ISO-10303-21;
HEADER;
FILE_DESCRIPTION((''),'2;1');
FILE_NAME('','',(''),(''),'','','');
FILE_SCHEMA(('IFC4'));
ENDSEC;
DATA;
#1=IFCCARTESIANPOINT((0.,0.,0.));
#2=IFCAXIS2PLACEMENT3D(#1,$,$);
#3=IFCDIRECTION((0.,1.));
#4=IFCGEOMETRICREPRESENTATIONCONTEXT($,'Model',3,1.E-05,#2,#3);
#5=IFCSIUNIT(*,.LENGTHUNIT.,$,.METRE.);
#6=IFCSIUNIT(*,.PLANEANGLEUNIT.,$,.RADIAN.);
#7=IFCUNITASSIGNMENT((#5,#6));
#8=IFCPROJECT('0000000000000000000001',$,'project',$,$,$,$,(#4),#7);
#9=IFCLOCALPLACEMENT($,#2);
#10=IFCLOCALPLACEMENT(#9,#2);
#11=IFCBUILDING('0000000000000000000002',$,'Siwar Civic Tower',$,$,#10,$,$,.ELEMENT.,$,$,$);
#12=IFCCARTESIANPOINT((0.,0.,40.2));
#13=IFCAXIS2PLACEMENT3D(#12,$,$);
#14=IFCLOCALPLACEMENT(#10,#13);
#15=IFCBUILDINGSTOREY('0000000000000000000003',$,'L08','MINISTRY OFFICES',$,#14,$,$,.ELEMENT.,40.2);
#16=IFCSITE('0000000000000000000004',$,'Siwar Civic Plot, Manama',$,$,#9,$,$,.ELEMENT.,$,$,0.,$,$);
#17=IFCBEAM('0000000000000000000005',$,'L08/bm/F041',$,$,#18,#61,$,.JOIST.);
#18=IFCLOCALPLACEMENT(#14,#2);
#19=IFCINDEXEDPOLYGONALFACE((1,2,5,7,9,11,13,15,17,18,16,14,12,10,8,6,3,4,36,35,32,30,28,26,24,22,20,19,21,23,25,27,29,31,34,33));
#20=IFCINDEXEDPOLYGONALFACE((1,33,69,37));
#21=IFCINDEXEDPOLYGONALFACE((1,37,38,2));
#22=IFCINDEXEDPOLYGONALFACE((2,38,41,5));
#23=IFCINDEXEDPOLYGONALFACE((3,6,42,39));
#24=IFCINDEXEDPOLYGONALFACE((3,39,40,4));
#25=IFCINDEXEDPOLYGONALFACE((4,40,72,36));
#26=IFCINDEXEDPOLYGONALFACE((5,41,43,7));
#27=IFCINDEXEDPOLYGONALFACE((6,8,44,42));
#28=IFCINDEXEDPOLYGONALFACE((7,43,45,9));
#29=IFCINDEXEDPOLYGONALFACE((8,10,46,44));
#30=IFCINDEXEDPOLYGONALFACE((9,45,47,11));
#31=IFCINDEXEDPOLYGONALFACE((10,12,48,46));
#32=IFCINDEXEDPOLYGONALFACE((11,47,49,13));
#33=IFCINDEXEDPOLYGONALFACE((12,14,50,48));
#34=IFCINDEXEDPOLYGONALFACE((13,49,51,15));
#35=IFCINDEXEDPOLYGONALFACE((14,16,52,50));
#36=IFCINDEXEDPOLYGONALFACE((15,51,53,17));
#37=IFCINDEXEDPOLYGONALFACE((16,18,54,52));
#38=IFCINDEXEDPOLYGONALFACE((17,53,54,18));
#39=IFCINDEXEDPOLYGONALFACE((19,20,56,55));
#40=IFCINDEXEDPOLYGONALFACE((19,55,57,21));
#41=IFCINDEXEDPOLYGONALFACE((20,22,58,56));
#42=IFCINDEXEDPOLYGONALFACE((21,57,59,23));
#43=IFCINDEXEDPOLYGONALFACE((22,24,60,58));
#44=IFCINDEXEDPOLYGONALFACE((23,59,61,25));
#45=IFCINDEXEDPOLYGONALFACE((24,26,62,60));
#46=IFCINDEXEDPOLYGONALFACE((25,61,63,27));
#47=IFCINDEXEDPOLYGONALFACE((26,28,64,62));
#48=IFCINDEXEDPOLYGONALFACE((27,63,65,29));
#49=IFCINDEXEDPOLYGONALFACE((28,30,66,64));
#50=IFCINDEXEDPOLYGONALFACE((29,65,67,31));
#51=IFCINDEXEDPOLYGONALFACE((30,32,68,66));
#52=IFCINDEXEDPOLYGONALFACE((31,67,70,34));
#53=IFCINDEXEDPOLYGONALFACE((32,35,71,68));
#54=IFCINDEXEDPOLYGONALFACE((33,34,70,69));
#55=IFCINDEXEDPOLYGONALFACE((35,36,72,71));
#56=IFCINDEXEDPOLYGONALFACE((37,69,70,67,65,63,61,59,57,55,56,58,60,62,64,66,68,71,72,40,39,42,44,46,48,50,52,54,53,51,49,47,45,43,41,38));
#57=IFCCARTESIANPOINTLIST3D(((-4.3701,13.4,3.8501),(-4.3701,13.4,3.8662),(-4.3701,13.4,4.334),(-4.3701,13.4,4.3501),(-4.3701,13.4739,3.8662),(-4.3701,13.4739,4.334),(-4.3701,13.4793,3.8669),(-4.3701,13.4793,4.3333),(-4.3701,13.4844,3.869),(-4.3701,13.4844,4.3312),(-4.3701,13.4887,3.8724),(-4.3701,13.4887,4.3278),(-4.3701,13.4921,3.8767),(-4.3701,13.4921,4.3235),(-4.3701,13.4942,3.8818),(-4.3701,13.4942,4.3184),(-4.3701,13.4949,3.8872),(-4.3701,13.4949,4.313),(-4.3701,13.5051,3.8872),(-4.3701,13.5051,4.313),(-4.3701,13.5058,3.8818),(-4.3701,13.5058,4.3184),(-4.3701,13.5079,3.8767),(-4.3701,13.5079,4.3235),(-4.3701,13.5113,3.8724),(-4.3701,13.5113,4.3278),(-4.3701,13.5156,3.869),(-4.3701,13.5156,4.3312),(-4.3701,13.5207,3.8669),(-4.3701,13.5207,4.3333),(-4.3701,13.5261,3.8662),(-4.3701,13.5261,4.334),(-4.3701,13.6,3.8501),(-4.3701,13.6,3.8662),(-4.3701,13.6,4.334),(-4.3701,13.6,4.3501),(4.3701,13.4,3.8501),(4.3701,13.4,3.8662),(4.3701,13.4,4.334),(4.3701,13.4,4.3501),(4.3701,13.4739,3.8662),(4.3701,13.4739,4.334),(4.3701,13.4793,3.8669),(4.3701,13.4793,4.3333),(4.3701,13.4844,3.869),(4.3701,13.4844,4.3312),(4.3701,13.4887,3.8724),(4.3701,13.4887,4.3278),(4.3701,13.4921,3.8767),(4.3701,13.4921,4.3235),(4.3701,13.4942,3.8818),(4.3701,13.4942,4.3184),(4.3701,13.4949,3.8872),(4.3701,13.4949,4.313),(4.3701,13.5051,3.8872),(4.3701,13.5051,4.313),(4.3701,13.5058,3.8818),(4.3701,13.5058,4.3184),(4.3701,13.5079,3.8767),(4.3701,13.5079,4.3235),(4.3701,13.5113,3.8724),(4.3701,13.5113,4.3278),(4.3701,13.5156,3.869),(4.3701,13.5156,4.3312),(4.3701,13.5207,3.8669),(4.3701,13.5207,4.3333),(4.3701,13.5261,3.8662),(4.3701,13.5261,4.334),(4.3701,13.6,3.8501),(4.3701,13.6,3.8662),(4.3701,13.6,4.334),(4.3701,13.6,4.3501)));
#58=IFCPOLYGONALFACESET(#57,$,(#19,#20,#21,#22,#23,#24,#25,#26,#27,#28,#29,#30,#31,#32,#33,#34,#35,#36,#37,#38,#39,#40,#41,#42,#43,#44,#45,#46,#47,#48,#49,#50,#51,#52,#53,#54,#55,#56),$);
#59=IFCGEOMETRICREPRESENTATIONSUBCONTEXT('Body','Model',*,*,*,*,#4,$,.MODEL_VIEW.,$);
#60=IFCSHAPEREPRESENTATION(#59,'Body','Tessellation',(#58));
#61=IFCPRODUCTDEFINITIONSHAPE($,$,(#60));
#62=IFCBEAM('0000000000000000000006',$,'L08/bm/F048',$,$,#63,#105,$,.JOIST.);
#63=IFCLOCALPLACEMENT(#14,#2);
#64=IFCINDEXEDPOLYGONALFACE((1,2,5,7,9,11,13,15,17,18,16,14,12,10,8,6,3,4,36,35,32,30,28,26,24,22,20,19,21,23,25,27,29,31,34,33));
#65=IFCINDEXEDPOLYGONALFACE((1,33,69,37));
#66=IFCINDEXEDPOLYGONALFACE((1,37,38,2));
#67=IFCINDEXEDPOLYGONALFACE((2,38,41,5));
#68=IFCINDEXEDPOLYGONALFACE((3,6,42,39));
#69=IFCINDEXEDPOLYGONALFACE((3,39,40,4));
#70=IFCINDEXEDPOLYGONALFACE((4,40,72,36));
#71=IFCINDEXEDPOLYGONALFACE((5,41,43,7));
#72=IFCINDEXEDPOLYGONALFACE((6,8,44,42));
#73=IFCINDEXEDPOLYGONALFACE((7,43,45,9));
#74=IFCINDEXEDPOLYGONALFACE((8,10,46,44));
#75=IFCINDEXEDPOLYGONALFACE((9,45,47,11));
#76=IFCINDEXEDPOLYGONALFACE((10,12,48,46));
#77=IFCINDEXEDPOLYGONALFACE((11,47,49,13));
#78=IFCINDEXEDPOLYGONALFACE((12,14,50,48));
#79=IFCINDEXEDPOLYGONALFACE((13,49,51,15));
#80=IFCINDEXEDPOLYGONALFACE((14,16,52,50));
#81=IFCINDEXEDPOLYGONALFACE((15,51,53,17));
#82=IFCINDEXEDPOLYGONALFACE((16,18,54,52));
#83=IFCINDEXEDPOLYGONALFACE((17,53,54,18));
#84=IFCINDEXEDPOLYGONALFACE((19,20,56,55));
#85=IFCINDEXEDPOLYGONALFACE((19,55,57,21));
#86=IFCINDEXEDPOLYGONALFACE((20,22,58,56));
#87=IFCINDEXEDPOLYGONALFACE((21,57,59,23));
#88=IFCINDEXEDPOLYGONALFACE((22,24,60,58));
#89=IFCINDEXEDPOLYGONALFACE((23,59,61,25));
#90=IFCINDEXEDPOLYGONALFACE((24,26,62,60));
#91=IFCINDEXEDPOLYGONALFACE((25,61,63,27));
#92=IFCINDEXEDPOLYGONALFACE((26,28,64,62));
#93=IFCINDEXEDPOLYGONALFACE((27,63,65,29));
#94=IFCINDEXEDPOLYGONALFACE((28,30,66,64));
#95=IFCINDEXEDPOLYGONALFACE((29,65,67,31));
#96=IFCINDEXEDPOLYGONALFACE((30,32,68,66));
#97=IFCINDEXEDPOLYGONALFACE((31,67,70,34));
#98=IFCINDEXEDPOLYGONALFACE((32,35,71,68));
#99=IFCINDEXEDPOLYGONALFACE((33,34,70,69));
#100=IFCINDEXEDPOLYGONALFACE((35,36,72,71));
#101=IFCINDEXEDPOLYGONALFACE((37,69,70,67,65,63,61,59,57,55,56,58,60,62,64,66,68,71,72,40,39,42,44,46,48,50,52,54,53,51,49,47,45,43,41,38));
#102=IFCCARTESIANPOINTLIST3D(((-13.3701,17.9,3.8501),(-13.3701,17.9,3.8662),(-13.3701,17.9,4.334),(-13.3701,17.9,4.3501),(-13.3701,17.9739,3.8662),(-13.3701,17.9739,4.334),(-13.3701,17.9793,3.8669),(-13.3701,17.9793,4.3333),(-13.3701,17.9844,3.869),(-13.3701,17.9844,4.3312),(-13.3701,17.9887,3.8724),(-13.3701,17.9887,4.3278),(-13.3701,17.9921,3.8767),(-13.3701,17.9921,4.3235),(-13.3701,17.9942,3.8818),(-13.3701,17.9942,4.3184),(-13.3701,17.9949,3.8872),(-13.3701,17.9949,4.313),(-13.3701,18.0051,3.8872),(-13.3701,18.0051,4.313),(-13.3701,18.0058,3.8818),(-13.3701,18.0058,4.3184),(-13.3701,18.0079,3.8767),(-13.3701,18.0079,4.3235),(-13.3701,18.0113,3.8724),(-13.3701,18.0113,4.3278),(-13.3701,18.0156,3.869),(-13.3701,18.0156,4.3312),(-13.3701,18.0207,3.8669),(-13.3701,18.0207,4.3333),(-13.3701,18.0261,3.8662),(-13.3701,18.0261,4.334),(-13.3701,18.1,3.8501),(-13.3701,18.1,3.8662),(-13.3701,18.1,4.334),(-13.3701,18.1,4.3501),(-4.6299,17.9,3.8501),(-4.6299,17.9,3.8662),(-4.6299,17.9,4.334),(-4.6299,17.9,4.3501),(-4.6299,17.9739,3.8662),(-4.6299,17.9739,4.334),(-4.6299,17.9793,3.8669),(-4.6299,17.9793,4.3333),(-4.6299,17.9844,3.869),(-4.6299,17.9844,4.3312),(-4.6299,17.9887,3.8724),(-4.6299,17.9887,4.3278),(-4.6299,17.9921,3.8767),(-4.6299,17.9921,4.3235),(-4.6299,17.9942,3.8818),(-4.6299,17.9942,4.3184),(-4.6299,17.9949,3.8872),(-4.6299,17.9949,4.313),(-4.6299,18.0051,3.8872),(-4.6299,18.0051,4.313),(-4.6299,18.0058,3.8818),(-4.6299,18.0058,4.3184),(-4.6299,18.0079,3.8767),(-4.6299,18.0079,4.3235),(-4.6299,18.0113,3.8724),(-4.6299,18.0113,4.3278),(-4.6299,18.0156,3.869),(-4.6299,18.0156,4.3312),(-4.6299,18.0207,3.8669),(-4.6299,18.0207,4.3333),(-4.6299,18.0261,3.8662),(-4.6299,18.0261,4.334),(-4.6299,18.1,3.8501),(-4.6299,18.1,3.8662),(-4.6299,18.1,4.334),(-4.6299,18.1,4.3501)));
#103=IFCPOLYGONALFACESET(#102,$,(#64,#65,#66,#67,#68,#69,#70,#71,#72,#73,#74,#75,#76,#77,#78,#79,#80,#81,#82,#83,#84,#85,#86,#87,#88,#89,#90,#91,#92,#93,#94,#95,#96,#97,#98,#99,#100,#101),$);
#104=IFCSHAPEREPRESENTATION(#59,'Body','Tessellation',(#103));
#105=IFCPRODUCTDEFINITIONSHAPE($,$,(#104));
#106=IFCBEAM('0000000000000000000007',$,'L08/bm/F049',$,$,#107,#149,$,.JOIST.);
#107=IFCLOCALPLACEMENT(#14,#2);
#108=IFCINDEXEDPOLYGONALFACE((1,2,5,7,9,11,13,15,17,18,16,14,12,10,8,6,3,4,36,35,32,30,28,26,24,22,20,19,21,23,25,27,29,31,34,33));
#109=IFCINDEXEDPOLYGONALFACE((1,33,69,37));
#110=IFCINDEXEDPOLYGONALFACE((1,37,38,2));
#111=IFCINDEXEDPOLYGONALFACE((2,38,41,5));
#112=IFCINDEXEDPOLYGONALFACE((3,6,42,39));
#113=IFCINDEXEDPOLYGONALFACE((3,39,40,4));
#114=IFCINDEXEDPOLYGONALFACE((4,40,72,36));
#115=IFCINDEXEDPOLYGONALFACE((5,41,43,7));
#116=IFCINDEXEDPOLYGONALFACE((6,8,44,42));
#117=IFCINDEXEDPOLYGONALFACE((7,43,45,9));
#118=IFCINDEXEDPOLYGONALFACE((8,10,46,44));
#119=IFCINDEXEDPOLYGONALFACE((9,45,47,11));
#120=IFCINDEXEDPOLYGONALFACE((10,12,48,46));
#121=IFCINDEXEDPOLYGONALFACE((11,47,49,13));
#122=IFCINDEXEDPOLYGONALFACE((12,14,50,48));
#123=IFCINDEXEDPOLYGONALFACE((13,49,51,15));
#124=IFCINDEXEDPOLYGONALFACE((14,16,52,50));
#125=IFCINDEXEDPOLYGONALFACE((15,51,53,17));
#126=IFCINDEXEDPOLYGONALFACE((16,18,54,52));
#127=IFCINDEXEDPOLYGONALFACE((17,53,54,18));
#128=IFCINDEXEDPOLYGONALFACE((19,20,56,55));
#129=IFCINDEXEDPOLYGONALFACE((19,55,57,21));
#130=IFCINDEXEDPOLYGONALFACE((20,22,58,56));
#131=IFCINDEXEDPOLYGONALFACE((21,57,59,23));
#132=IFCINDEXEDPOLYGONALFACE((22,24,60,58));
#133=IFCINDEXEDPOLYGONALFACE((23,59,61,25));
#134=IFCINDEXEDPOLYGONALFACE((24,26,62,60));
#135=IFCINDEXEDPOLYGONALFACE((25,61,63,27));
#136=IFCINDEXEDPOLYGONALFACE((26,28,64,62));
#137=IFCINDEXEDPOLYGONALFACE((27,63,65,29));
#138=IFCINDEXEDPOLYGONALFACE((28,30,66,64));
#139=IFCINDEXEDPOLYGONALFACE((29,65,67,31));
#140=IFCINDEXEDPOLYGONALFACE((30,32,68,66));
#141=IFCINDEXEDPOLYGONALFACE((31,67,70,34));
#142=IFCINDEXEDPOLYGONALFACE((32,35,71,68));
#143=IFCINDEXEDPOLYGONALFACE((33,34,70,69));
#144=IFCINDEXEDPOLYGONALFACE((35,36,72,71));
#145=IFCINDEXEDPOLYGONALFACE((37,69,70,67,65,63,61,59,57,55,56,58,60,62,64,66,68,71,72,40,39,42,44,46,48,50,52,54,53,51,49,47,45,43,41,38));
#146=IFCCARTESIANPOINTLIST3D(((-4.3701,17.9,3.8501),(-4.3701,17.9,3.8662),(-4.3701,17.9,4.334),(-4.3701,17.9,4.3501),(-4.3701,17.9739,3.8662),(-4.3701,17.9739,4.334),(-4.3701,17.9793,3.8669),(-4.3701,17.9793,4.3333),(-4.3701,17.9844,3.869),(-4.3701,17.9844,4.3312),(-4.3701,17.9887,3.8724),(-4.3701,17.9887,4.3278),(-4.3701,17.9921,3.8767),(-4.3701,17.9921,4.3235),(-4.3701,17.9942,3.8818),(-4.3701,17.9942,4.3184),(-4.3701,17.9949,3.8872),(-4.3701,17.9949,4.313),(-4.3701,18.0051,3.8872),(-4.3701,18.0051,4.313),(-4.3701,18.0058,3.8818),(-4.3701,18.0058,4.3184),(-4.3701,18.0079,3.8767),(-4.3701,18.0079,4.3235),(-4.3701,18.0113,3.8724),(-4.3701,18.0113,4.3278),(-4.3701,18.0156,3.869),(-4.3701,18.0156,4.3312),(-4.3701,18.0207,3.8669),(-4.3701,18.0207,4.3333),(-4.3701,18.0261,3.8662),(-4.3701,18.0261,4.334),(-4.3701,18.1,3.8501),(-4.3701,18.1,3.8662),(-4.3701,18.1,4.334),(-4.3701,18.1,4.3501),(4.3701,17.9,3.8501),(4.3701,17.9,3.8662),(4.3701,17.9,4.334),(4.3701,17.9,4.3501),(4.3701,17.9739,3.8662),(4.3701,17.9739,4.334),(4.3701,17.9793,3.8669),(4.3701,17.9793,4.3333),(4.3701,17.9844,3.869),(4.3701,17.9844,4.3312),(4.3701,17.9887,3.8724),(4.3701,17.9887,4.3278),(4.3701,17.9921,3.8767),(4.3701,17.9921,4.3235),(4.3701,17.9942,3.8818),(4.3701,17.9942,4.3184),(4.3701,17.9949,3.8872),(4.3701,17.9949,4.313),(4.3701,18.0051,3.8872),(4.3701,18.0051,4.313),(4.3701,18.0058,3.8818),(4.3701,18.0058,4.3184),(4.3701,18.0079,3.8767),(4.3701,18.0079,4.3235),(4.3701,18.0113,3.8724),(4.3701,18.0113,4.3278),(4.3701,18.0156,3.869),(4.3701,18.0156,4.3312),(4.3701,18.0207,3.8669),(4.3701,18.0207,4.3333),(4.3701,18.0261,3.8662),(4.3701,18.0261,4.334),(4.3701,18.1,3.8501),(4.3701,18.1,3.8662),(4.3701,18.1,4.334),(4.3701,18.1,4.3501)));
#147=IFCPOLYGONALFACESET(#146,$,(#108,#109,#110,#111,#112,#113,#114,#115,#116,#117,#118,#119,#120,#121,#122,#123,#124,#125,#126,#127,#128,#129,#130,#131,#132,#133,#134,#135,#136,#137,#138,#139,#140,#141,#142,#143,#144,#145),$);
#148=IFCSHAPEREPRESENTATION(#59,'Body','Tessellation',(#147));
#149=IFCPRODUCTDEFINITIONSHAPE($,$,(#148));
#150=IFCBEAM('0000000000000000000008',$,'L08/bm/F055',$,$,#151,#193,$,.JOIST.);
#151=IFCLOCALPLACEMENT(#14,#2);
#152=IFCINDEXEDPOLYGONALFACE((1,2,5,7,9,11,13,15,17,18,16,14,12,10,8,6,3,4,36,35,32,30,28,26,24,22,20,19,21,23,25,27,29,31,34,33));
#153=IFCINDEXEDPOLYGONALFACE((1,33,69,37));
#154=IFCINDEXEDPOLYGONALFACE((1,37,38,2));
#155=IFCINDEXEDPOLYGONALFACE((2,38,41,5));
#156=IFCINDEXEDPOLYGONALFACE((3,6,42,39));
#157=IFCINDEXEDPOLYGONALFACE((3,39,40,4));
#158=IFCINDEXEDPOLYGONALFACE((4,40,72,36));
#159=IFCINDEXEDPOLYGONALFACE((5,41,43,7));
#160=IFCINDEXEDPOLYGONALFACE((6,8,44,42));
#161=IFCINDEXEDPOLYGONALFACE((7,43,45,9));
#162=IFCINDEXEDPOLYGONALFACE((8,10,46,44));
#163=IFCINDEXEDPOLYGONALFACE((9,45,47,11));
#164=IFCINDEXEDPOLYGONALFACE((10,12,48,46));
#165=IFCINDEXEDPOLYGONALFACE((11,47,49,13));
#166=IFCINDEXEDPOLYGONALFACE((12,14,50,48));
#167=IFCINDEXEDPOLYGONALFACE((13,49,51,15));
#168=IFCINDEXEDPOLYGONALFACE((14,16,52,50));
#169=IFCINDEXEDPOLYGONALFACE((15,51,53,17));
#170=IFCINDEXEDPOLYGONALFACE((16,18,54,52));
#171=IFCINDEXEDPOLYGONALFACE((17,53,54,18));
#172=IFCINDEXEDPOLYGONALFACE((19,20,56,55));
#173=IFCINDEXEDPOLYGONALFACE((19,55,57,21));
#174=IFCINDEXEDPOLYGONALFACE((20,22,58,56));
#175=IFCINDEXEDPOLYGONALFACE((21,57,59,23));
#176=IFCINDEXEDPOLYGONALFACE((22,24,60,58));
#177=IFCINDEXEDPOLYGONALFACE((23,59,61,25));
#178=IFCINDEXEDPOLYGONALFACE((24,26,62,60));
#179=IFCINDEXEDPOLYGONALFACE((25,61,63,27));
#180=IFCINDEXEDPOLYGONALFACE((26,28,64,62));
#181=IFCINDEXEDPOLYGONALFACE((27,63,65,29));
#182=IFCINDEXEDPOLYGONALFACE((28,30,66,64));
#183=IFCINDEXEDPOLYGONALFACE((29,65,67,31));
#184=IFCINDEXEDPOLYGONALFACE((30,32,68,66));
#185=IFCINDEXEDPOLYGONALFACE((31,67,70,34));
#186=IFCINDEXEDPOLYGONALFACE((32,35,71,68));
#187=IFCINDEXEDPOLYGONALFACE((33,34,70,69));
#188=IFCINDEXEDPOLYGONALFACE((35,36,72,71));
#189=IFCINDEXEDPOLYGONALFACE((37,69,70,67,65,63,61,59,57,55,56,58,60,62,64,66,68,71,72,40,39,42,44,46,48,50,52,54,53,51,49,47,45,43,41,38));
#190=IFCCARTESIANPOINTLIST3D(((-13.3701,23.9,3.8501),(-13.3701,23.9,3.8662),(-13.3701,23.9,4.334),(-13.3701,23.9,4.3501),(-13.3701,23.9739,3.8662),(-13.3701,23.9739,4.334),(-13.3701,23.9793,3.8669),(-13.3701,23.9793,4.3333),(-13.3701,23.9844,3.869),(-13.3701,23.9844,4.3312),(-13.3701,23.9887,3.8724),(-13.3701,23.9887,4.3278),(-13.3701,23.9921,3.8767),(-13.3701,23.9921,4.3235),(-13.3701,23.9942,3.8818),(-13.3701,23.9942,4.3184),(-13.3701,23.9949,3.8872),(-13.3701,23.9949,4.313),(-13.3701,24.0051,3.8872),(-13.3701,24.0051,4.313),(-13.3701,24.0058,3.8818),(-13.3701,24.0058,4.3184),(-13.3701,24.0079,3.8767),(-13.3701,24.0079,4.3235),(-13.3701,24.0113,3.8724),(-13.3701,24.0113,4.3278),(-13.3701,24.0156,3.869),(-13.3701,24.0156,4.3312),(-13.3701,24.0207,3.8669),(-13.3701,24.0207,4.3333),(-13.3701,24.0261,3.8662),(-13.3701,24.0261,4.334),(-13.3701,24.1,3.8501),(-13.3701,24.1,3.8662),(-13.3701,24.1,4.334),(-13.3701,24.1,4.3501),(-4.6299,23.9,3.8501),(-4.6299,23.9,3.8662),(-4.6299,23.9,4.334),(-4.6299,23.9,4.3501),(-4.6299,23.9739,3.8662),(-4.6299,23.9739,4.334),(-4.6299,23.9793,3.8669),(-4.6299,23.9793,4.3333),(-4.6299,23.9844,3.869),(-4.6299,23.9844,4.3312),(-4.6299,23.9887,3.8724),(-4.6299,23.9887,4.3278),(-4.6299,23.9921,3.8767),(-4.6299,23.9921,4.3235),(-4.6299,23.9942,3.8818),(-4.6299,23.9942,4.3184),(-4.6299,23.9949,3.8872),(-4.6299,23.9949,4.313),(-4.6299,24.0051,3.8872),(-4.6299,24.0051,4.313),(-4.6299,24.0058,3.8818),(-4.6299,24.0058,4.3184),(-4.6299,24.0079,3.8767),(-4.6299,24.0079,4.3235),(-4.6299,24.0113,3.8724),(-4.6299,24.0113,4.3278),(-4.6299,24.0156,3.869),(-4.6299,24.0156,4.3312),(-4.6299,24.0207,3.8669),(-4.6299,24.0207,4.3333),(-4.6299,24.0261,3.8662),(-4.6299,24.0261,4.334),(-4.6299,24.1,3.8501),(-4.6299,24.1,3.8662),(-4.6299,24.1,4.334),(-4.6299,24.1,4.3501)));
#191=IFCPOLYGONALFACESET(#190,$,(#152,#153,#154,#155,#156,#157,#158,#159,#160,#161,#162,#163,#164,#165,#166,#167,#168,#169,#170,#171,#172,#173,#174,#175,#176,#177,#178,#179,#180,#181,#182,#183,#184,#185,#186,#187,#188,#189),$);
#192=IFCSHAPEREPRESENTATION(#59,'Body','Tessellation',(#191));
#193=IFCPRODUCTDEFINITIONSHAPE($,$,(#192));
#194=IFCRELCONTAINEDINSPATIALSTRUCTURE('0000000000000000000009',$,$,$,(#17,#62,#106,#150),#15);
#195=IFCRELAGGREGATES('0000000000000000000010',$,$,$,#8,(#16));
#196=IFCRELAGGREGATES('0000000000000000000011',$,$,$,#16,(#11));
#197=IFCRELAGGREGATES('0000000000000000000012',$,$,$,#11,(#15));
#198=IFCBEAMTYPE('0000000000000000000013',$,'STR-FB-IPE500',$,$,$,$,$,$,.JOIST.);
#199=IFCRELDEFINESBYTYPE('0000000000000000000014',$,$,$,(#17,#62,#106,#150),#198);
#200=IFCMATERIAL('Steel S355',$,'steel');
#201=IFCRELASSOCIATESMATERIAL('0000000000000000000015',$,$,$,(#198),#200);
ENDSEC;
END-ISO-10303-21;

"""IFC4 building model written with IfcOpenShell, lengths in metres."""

from ifc_helpers import new_model, si_unit, direction, frame, origin, origin_2d, place, context, subcontext, project, spatial, i_section, extrude, material, material_profile, profile_set, type_object, element, save


model = new_model("IFC4")

# Units and contexts
model_context = context("Model", 3, precision=1e-05, world=origin(), true_north=direction((0.0, 1.0)))
body_context = subcontext(model_context, "Body", "Model", "MODEL_VIEW")
ifc_project = project(units=[si_unit("LENGTHUNIT", "METRE"), si_unit("PLANEANGLEUNIT", "RADIAN")], contexts=[model_context])

# Site, building, storey
site_placement = place(None, origin())
site = spatial("IfcSite", under=ifc_project, at=site_placement, Name="Siwar Civic Plot, Manama", CompositionType="ELEMENT", RefElevation=0.0)
building_placement = place(site_placement, origin())
building = spatial("IfcBuilding", under=site, at=building_placement, Name="Siwar Civic Tower", CompositionType="ELEMENT")
storey_placement = place(building_placement, frame((0.0, 0.0, 40.2)))
storey = spatial("IfcBuildingStorey", under=building, at=storey_placement, Name="L08", Description="MINISTRY OFFICES", CompositionType="ELEMENT", Elevation=40.2)

# Beams
ifc_material_1 = material(Name="Steel S355", Category="steel")
ifc_material_profile_1 = material_profile(ifc_material_1, i_section(OverallWidth=0.2, OverallDepth=0.5, WebThickness=0.0103, FlangeThickness=0.0161, FilletRadius=0.021, at=origin_2d()), Name="IPE500")
ifc_profile_set_1 = profile_set([ifc_material_profile_1], Name="Steel S355")
beam_type_1 = type_object("IfcBeamType", Name="STR-FB-IPE500", PredefinedType="JOIST", material=ifc_profile_set_1)
for number, where, z_axis, x_axis, name in (
    (1, (-4.3701, 13.5, 4.1001), (1.0, 0.0, 0.0), (0.0, 1.0, 0.0), "L08/bm/F041"),
    (2, (-13.3701, 18.0, 4.1001), (1.0, 0.0, 0.0), (0.0, 1.0, 0.0), "L08/bm/F048"),
    (3, (-4.3701, 18.0, 4.1001), (1.0, 0.0, 0.0), (0.0, 1.0, 0.0), "L08/bm/F049"),
    (4, (-13.3701, 24.0, 4.1001), (1.0, 0.0, 0.0), (0.0, 1.0, 0.0), "L08/bm/F055"),
):
    element("IfcBeam", number, at=place(storey_placement, frame(where, z_axis=z_axis, x_axis=x_axis)), inside=storey, type_object=beam_type_1, Name=name, PredefinedType="JOIST", context=body_context, shape_type="SweptSolid", body=[
        extrude(i_section(OverallWidth=0.2, OverallDepth=0.5, WebThickness=0.0103, FlangeThickness=0.0161, FilletRadius=0.021, at=origin_2d()), origin(), (0.0, 0.0, 1.0), 8.7402),
    ])

save(model, "model.ifc")
